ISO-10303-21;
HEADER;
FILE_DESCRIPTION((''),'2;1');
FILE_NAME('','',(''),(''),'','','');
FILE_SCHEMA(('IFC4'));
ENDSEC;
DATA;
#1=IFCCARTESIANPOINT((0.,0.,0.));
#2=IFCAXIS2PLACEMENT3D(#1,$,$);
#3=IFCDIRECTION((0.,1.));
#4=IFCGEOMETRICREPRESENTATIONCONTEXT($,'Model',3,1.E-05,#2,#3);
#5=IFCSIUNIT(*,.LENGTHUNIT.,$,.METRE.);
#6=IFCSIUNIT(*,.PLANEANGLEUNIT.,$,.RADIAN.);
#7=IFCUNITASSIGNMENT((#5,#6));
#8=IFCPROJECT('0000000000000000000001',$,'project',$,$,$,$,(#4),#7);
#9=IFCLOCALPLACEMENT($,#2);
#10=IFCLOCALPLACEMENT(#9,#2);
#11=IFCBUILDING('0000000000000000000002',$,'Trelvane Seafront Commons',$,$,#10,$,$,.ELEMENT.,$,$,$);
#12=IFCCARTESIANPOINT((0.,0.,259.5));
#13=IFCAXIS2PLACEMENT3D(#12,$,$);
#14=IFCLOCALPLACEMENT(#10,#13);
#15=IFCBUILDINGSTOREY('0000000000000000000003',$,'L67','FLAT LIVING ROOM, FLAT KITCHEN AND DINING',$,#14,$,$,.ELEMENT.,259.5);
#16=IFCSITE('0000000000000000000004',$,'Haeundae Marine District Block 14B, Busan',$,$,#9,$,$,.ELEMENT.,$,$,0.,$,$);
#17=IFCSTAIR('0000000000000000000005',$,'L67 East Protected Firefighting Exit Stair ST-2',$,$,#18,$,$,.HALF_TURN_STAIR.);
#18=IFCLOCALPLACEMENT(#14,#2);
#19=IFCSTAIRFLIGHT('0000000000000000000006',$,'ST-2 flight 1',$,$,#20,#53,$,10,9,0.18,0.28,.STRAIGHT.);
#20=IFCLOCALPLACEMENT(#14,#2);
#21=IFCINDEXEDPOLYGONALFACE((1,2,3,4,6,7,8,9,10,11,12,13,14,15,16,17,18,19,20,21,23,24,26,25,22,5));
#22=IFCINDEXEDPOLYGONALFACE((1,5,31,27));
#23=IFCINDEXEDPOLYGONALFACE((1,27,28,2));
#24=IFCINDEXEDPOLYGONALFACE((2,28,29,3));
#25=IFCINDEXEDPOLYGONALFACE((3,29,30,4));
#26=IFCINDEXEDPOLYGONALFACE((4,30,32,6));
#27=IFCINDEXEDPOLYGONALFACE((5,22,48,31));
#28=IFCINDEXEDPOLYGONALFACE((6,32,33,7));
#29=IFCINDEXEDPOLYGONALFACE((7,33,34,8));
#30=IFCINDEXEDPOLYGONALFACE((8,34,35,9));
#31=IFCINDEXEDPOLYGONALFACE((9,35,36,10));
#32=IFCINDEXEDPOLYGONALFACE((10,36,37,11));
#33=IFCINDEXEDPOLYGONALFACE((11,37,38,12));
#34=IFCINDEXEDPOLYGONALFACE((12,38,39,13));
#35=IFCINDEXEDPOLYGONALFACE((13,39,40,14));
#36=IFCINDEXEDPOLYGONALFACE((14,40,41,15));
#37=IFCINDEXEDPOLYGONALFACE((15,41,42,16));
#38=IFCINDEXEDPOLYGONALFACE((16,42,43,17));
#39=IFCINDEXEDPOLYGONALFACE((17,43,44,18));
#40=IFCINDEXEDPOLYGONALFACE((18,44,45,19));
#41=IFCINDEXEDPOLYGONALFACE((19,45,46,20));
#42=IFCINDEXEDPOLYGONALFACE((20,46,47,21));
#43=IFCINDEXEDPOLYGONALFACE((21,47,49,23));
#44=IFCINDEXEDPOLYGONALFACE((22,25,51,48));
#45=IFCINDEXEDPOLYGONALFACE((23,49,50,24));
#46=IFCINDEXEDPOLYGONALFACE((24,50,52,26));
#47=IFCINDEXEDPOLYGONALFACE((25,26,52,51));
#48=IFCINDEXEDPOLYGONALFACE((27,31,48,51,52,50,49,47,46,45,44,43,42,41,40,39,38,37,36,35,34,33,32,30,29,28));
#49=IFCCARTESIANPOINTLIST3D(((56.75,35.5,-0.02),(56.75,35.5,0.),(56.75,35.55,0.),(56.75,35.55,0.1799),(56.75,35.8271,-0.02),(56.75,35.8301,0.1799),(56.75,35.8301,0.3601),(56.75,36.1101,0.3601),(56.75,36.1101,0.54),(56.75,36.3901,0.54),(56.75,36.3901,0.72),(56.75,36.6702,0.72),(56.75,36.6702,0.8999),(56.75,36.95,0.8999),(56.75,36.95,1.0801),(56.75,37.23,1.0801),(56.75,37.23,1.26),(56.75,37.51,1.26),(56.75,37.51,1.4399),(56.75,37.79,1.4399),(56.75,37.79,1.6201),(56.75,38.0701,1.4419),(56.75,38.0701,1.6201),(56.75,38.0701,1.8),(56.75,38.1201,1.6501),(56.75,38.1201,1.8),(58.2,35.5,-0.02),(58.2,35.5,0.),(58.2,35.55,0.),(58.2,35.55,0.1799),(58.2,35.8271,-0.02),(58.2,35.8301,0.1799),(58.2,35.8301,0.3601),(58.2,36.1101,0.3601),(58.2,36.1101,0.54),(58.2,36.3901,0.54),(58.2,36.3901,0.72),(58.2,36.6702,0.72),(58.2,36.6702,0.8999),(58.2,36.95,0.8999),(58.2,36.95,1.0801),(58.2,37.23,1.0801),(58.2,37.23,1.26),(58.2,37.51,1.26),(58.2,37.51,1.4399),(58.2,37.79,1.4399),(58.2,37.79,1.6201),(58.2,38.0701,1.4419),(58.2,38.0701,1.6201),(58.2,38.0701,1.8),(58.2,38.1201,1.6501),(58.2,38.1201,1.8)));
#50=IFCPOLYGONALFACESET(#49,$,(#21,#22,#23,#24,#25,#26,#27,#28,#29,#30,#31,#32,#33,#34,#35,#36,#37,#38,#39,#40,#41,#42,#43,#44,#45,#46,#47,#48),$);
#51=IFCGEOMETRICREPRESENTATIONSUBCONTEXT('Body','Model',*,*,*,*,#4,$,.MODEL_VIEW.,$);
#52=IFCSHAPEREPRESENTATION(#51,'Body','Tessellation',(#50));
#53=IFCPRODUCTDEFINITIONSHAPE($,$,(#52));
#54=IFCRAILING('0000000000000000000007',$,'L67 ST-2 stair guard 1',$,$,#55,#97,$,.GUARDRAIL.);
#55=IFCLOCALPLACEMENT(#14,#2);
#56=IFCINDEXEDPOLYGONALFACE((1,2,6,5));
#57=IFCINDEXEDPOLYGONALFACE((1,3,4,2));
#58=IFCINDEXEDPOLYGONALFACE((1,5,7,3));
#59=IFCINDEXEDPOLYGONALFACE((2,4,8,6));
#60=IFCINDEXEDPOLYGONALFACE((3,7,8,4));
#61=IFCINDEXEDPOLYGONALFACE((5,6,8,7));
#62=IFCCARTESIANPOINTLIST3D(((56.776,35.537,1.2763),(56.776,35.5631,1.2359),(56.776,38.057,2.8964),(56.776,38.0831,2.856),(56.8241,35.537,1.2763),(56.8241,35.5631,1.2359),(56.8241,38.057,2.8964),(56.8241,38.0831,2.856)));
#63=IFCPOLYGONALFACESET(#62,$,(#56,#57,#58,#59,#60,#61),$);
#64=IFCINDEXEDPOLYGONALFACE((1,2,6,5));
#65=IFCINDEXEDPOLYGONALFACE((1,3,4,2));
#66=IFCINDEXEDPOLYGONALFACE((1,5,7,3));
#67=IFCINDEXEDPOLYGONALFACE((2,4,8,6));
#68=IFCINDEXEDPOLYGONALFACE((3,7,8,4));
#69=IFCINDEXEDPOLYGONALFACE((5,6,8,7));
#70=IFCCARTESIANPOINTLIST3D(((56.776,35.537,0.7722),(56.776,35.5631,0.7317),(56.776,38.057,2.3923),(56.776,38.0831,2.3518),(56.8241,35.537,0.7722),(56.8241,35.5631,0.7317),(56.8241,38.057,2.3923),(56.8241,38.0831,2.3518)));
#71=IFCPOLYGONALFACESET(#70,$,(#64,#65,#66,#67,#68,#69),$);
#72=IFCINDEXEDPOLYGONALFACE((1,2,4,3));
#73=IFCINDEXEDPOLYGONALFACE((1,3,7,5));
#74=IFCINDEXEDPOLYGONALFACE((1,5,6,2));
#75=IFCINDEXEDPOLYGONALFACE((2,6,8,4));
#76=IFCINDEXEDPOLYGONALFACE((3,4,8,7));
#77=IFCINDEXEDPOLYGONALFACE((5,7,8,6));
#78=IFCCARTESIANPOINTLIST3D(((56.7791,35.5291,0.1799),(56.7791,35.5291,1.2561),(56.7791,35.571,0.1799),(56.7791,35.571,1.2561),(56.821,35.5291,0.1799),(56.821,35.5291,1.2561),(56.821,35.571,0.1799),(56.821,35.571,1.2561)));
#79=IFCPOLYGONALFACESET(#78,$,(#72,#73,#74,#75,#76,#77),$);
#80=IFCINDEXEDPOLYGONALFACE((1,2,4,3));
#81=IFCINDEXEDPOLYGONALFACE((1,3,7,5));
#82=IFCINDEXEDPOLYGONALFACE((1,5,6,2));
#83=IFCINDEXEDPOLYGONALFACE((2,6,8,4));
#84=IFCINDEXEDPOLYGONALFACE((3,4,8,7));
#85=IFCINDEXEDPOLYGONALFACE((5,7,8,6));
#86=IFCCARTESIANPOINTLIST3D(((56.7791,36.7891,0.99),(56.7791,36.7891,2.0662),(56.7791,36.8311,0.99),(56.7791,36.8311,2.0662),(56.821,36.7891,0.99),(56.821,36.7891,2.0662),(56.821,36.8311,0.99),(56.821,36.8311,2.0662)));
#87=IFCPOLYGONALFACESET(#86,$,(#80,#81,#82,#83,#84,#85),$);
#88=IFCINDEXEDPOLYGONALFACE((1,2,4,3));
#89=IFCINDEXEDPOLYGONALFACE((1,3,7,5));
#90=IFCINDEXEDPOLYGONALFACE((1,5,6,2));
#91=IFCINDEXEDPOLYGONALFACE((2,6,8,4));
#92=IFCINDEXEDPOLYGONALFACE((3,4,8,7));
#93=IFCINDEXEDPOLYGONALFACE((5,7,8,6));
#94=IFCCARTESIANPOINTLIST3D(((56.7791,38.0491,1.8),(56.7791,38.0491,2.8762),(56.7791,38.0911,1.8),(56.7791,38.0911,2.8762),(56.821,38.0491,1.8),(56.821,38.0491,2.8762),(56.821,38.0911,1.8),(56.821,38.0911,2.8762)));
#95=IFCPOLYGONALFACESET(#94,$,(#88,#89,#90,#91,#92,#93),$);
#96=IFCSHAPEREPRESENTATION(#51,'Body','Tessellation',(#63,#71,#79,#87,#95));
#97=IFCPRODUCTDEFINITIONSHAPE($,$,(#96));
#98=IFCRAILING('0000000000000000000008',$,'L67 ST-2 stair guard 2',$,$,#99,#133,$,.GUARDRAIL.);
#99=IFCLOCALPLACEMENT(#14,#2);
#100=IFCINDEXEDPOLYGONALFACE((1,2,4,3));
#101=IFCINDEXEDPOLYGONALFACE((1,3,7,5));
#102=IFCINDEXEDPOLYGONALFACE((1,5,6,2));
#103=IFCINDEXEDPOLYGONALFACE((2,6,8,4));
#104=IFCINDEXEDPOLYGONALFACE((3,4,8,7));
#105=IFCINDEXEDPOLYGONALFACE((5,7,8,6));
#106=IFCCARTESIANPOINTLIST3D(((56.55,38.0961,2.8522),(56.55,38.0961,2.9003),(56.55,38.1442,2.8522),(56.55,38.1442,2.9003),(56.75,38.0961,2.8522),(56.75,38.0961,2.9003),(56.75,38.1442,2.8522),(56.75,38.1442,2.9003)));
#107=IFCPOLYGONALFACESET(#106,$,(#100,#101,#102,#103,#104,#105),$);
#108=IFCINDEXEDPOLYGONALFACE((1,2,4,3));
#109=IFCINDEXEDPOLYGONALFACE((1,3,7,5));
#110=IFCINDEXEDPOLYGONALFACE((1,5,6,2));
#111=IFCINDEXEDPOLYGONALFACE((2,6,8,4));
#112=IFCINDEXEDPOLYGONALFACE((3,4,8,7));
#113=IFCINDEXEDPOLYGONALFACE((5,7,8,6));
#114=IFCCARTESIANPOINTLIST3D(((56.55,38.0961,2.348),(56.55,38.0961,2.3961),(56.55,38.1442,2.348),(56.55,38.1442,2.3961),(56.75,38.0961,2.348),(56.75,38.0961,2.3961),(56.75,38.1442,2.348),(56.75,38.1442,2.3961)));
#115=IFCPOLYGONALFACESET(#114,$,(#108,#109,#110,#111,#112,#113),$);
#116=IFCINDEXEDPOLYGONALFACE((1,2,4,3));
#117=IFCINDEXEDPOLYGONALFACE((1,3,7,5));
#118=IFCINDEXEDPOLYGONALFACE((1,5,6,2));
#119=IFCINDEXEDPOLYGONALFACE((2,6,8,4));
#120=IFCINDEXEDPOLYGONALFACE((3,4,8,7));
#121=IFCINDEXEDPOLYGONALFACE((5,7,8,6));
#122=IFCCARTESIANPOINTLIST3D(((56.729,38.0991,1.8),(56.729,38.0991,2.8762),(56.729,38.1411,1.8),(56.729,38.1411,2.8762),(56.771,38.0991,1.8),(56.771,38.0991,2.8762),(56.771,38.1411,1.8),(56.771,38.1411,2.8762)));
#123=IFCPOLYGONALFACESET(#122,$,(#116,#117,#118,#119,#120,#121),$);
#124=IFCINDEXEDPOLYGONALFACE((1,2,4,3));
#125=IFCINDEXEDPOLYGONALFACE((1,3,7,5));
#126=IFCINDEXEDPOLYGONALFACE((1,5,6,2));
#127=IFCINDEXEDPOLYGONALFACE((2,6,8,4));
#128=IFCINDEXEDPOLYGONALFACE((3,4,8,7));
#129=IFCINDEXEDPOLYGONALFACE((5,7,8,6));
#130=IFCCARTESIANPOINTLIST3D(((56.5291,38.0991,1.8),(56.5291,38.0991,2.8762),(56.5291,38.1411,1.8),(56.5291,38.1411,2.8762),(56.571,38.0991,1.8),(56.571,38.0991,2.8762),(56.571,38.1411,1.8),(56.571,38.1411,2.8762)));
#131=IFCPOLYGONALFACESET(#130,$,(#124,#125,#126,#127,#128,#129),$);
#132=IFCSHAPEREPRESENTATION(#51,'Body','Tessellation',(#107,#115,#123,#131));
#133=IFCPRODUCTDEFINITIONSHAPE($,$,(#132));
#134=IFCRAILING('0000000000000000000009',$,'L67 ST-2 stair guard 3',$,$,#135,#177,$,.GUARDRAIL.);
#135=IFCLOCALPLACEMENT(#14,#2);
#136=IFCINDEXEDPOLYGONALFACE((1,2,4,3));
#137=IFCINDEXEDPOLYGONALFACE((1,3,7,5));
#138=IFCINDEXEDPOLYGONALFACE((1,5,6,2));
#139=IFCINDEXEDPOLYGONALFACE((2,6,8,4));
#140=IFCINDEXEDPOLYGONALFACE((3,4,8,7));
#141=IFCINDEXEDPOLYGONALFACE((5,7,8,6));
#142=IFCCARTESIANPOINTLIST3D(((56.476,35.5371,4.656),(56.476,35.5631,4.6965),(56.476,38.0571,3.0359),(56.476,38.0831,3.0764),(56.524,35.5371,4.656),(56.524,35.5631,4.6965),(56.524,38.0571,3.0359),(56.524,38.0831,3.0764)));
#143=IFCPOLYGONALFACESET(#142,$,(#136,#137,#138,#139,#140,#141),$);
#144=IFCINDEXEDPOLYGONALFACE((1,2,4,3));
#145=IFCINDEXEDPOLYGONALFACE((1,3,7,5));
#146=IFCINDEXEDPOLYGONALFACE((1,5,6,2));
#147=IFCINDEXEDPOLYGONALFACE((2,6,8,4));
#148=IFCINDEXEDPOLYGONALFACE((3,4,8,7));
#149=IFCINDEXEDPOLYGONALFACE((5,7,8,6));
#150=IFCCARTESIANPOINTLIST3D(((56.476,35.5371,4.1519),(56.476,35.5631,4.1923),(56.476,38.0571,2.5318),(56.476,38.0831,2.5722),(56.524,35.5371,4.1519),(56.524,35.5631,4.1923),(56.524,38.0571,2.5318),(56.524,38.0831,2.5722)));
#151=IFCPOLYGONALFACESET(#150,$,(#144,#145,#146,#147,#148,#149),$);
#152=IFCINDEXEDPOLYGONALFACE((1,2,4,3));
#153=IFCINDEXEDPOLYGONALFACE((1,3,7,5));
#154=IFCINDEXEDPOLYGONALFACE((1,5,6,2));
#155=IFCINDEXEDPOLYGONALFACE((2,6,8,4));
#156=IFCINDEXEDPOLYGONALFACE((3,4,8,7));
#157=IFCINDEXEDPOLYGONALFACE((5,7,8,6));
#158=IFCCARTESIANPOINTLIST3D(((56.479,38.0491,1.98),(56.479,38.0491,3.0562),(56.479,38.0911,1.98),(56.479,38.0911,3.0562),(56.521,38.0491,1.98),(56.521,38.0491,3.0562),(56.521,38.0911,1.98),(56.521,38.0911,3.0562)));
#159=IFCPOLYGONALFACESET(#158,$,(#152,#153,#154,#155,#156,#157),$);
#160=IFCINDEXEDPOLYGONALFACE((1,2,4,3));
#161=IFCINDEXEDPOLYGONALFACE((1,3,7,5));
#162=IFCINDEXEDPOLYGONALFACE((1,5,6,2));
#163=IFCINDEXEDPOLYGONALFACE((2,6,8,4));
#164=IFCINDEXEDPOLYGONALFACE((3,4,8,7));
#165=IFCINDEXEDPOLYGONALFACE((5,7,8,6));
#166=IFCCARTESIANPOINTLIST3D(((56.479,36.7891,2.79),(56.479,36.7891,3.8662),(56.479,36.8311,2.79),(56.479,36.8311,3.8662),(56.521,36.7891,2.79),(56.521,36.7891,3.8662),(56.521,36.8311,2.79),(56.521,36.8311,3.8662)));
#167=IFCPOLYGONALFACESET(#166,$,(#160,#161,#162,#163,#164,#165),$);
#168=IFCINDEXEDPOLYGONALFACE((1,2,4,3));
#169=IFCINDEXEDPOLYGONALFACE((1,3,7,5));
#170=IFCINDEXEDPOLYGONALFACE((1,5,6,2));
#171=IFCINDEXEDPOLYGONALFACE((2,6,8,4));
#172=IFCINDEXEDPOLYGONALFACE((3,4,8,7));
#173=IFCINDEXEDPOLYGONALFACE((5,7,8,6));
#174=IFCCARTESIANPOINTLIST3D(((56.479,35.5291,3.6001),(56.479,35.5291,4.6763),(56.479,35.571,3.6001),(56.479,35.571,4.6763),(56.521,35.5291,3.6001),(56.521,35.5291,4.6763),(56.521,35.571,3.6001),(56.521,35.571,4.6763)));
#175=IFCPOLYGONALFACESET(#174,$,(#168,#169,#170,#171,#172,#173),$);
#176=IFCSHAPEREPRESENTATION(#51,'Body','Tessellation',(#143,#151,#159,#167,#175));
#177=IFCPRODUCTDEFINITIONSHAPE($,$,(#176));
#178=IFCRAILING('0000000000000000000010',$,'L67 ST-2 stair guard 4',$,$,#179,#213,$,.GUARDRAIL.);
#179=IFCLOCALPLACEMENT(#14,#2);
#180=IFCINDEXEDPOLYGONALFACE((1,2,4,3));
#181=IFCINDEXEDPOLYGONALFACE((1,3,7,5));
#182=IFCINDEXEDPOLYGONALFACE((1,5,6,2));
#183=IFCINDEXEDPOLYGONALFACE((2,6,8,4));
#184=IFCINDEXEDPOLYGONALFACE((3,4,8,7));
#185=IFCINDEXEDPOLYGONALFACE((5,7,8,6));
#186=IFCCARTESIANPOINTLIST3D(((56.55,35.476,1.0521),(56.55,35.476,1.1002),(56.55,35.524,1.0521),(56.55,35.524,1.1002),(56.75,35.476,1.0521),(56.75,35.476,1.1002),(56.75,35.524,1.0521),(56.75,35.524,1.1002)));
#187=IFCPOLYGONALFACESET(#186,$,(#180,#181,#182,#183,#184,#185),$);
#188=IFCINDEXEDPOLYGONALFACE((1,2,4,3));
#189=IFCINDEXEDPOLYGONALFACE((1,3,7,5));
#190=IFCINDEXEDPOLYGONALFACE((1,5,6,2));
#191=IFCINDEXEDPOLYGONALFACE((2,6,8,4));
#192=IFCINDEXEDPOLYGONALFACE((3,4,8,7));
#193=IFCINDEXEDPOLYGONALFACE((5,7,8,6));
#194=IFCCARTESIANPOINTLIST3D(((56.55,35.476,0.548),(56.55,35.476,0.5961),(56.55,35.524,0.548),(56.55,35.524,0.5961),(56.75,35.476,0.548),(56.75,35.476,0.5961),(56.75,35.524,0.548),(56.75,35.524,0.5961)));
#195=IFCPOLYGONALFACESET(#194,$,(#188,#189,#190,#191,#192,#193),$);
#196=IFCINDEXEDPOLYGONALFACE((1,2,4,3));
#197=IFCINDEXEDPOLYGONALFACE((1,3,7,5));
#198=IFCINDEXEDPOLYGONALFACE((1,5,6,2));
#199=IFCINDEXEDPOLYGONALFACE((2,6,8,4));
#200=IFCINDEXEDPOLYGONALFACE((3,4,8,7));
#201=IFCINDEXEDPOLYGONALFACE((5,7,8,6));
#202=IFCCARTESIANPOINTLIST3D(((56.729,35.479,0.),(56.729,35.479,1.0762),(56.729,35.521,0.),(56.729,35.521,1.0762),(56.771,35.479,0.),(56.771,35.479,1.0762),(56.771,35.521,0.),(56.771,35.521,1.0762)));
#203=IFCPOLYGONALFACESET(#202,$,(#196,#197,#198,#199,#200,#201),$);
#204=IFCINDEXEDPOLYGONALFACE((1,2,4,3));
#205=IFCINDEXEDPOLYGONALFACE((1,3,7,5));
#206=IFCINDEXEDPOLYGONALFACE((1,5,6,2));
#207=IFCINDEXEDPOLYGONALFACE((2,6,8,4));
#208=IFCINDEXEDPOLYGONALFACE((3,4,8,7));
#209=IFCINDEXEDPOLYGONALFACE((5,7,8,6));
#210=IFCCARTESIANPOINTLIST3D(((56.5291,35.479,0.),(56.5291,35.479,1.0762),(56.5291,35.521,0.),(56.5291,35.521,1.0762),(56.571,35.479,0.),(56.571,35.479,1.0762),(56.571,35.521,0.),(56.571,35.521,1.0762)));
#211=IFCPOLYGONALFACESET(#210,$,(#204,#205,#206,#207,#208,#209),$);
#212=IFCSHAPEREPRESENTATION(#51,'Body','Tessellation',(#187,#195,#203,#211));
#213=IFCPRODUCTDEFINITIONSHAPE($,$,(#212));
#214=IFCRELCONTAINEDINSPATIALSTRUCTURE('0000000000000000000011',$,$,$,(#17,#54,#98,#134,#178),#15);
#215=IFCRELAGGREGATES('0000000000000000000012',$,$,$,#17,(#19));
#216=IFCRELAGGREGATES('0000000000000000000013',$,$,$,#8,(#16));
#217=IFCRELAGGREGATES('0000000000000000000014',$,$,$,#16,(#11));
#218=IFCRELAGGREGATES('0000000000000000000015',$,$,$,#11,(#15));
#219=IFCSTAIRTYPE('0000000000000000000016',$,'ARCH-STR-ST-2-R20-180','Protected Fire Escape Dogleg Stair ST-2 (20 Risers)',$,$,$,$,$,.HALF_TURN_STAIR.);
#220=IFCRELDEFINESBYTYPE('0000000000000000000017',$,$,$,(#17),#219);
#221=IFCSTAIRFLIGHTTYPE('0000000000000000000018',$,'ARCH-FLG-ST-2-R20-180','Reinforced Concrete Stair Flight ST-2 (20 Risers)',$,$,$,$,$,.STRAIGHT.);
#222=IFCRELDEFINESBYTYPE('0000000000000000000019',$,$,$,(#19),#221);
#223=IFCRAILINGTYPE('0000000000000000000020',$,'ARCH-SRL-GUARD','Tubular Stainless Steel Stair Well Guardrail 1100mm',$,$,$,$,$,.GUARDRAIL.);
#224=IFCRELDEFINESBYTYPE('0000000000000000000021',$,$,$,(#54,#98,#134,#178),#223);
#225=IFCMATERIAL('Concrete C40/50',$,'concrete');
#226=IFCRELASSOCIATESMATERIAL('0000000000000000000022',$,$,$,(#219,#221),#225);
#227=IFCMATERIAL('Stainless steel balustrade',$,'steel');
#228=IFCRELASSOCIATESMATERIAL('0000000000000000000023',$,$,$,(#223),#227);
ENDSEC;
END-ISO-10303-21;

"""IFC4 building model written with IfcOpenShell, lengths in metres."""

from ifc_helpers import new_model, si_unit, direction, frame, origin, origin_2d, place, context, subcontext, project, spatial, polyline, rectangle, outline, extrude, source, transform, mapped, material, type_object, element, aggregate, save


model = new_model("IFC4")

# Units and contexts
model_context = context("Model", 3, precision=1e-05, world=origin(), true_north=direction((0.0, 1.0)))
body_context = subcontext(model_context, "Body", "Model", "MODEL_VIEW")
ifc_project = project(units=[si_unit("LENGTHUNIT", "METRE"), si_unit("PLANEANGLEUNIT", "RADIAN")], contexts=[model_context])

# Site, building, storey
site_placement = place(None, origin())
site = spatial("IfcSite", under=ifc_project, at=site_placement, Name="Haeundae Marine District Block 14B, Busan", CompositionType="ELEMENT", RefElevation=0.0)
building_placement = place(site_placement, origin())
building = spatial("IfcBuilding", under=site, at=building_placement, Name="Trelvane Seafront Commons", CompositionType="ELEMENT")
storey_placement = place(building_placement, frame((0.0, 0.0, 259.5)))
storey = spatial("IfcBuildingStorey", under=building, at=storey_placement, Name="L67", Description="FLAT LIVING ROOM, FLAT KITCHEN AND DINING", CompositionType="ELEMENT", Elevation=259.5)

# Stair, stair flight
ifc_material_1 = material(Name="Concrete C40/50", Category="concrete")
stair_type = type_object("IfcStairType", Name="ARCH-STR-ST-2-R20-180", Description="Protected Fire Escape Dogleg Stair ST-2 (20 Risers)", PredefinedType="HALF_TURN_STAIR", material=ifc_material_1)
stair_placement = place(storey_placement, origin())
stair = element("IfcStair", 1, at=stair_placement, inside=storey, type_object=stair_type, Name="L67 East Protected Firefighting Exit Stair ST-2", PredefinedType="HALF_TURN_STAIR")
stair_flight_type = type_object("IfcStairFlightType", Name="ARCH-FLG-ST-2-R20-180", Description="Reinforced Concrete Stair Flight ST-2 (20 Risers)", PredefinedType="STRAIGHT", material=ifc_material_1)
shared_shape_1 = source(origin(), body_context, "Body", "SweptSolid", [
    extrude(outline(polyline([(-0.05, -0.02), (-0.05, 0.0), (0.0, 0.0), (0.0, 0.1799), (0.28, 0.1799), (0.28, 0.3601), (0.5601, 0.3601), (0.5601, 0.54), (0.8401, 0.54), (0.8401, 0.72), (1.1201, 0.72), (1.1201, 0.8999), (1.3999, 0.8999), (1.3999, 1.0801), (1.6799, 1.0801), (1.6799, 1.26), (1.96, 1.26), (1.96, 1.4399), (2.24, 1.4399), (2.24, 1.6201), (2.52, 1.6201), (2.52, 1.8), (2.5701, 1.8), (2.5701, 1.6501), (2.52, 1.4419), (0.2771, -0.02), (-0.05, -0.02)])), frame((0.0, 0.7251, 0.0), z_axis=(0.0, -1.0, 0.0), x_axis=(1.0, 0.0, 0.0)), (0.0, 0.0, 1.0), 1.45),
])
stair_flight_placement = place(storey_placement, frame((57.4751, 35.55, 0.0), z_axis=(0.0, 0.0, 1.0), x_axis=(0.0, 1.0, 0.0)))
stair_flight = element("IfcStairFlight", 2, at=stair_flight_placement, type_object=stair_flight_type, Name="ST-2 flight 1", NumberOfRisers=10, NumberOfTreads=9, PredefinedType="STRAIGHT", RiserHeight=0.18, TreadLength=0.28, context=body_context, shape_type="MappedRepresentation", body=[
    mapped(shared_shape_1, transform((0.0, 0.0, 0.0), x_axis=(1.0, 0.0, 0.0), y_axis=(0.0, 1.0, 0.0), z_axis=(0.0, 0.0, 1.0), scale=1.0)),
])
aggregate(stair, [stair_flight])

# Railings
ifc_material_2 = material(Name="Stainless steel balustrade", Category="steel")
railing_type_1 = type_object("IfcRailingType", Name="ARCH-SRL-GUARD", Description="Tubular Stainless Steel Stair Well Guardrail 1100mm", PredefinedType="GUARDRAIL", material=ifc_material_2)
railing_1_placement = place(storey_placement, frame((56.8, 35.55, 0.1799)))
element("IfcRailing", 3, at=railing_1_placement, inside=storey, type_object=railing_type_1, Name="L67 ST-2 stair guard 1", PredefinedType="GUARDRAIL", context=body_context, shape_type="SweptSolid", body=[
    extrude(rectangle(XDim=0.0481, YDim=0.0481, at=origin_2d()), frame((0.0, 0.0, 1.0762), z_axis=(0.0, 0.841163, 0.540782), x_axis=(-1.0, 0.0, 0.0)), (0.0, 0.0, 1.0), 2.9958),
    extrude(rectangle(XDim=0.0481, YDim=0.0481, at=origin_2d()), frame((0.0, 0.0, 0.572), z_axis=(0.0, 0.841163, 0.540782), x_axis=(-1.0, 0.0, 0.0)), (0.0, 0.0, 1.0), 2.9958),
    extrude(rectangle(XDim=0.042, YDim=0.042, at=origin_2d()), origin(), (0.0, 0.0, 1.0), 1.0762),
    extrude(rectangle(XDim=0.042, YDim=0.042, at=origin_2d()), frame((0.0, 1.26, 0.8101)), (0.0, 0.0, 1.0), 1.0762),
    extrude(rectangle(XDim=0.042, YDim=0.042, at=origin_2d()), frame((0.0, 2.52, 1.6201)), (0.0, 0.0, 1.0), 1.0762),
])
railing_2_placement = place(storey_placement, frame((56.75, 38.1201, 1.8)))
element("IfcRailing", 4, at=railing_2_placement, inside=storey, type_object=railing_type_1, Name="L67 ST-2 stair guard 2", PredefinedType="GUARDRAIL", context=body_context, shape_type="SweptSolid", body=[
    extrude(rectangle(XDim=0.0481, YDim=0.0481, at=origin_2d()), frame((0.0, 0.0, 1.0762), z_axis=(-1.0, 0.0, 0.0), x_axis=(0.0, -1.0, 0.0)), (0.0, 0.0, 1.0), 0.2),
    extrude(rectangle(XDim=0.0481, YDim=0.0481, at=origin_2d()), frame((0.0, 0.0, 0.572), z_axis=(-1.0, 0.0, 0.0), x_axis=(0.0, -1.0, 0.0)), (0.0, 0.0, 1.0), 0.2),
    extrude(rectangle(XDim=0.042, YDim=0.042, at=origin_2d()), origin(), (0.0, 0.0, 1.0), 1.0762),
    extrude(rectangle(XDim=0.042, YDim=0.042, at=origin_2d()), frame((-0.2, 0.0, 0.0)), (0.0, 0.0, 1.0), 1.0762),
])
railing_3_placement = place(storey_placement, frame((56.5, 38.0701, 1.98)))
element("IfcRailing", 5, at=railing_3_placement, inside=storey, type_object=railing_type_1, Name="L67 ST-2 stair guard 3", PredefinedType="GUARDRAIL", context=body_context, shape_type="SweptSolid", body=[
    extrude(rectangle(XDim=0.0481, YDim=0.0481, at=origin_2d()), frame((0.0, 0.0, 1.0762), z_axis=(0.0, -0.841163, 0.540782), x_axis=(1.0, 0.0, 0.0)), (0.0, 0.0, 1.0), 2.9958),
    extrude(rectangle(XDim=0.0481, YDim=0.0481, at=origin_2d()), frame((0.0, 0.0, 0.572), z_axis=(0.0, -0.841163, 0.540782), x_axis=(1.0, 0.0, 0.0)), (0.0, 0.0, 1.0), 2.9958),
    extrude(rectangle(XDim=0.042, YDim=0.042, at=origin_2d()), origin(), (0.0, 0.0, 1.0), 1.0762),
    extrude(rectangle(XDim=0.042, YDim=0.042, at=origin_2d()), frame((0.0, -1.26, 0.8101)), (0.0, 0.0, 1.0), 1.0762),
    extrude(rectangle(XDim=0.042, YDim=0.042, at=origin_2d()), frame((0.0, -2.52, 1.6201)), (0.0, 0.0, 1.0), 1.0762),
])
railing_4_placement = place(storey_placement, frame((56.75, 35.5, 0.0)))
element("IfcRailing", 6, at=railing_4_placement, inside=storey, type_object=railing_type_1, Name="L67 ST-2 stair guard 4", PredefinedType="GUARDRAIL", context=body_context, shape_type="SweptSolid", body=[
    extrude(rectangle(XDim=0.0481, YDim=0.0481, at=origin_2d()), frame((0.0, 0.0, 1.0762), z_axis=(-1.0, 0.0, 0.0), x_axis=(0.0, -1.0, 0.0)), (0.0, 0.0, 1.0), 0.2),
    extrude(rectangle(XDim=0.0481, YDim=0.0481, at=origin_2d()), frame((0.0, 0.0, 0.572), z_axis=(-1.0, 0.0, 0.0), x_axis=(0.0, -1.0, 0.0)), (0.0, 0.0, 1.0), 0.2),
    extrude(rectangle(XDim=0.042, YDim=0.042, at=origin_2d()), origin(), (0.0, 0.0, 1.0), 1.0762),
    extrude(rectangle(XDim=0.042, YDim=0.042, at=origin_2d()), frame((-0.2, 0.0, 0.0)), (0.0, 0.0, 1.0), 1.0762),
])

save(model, "model.ifc")
